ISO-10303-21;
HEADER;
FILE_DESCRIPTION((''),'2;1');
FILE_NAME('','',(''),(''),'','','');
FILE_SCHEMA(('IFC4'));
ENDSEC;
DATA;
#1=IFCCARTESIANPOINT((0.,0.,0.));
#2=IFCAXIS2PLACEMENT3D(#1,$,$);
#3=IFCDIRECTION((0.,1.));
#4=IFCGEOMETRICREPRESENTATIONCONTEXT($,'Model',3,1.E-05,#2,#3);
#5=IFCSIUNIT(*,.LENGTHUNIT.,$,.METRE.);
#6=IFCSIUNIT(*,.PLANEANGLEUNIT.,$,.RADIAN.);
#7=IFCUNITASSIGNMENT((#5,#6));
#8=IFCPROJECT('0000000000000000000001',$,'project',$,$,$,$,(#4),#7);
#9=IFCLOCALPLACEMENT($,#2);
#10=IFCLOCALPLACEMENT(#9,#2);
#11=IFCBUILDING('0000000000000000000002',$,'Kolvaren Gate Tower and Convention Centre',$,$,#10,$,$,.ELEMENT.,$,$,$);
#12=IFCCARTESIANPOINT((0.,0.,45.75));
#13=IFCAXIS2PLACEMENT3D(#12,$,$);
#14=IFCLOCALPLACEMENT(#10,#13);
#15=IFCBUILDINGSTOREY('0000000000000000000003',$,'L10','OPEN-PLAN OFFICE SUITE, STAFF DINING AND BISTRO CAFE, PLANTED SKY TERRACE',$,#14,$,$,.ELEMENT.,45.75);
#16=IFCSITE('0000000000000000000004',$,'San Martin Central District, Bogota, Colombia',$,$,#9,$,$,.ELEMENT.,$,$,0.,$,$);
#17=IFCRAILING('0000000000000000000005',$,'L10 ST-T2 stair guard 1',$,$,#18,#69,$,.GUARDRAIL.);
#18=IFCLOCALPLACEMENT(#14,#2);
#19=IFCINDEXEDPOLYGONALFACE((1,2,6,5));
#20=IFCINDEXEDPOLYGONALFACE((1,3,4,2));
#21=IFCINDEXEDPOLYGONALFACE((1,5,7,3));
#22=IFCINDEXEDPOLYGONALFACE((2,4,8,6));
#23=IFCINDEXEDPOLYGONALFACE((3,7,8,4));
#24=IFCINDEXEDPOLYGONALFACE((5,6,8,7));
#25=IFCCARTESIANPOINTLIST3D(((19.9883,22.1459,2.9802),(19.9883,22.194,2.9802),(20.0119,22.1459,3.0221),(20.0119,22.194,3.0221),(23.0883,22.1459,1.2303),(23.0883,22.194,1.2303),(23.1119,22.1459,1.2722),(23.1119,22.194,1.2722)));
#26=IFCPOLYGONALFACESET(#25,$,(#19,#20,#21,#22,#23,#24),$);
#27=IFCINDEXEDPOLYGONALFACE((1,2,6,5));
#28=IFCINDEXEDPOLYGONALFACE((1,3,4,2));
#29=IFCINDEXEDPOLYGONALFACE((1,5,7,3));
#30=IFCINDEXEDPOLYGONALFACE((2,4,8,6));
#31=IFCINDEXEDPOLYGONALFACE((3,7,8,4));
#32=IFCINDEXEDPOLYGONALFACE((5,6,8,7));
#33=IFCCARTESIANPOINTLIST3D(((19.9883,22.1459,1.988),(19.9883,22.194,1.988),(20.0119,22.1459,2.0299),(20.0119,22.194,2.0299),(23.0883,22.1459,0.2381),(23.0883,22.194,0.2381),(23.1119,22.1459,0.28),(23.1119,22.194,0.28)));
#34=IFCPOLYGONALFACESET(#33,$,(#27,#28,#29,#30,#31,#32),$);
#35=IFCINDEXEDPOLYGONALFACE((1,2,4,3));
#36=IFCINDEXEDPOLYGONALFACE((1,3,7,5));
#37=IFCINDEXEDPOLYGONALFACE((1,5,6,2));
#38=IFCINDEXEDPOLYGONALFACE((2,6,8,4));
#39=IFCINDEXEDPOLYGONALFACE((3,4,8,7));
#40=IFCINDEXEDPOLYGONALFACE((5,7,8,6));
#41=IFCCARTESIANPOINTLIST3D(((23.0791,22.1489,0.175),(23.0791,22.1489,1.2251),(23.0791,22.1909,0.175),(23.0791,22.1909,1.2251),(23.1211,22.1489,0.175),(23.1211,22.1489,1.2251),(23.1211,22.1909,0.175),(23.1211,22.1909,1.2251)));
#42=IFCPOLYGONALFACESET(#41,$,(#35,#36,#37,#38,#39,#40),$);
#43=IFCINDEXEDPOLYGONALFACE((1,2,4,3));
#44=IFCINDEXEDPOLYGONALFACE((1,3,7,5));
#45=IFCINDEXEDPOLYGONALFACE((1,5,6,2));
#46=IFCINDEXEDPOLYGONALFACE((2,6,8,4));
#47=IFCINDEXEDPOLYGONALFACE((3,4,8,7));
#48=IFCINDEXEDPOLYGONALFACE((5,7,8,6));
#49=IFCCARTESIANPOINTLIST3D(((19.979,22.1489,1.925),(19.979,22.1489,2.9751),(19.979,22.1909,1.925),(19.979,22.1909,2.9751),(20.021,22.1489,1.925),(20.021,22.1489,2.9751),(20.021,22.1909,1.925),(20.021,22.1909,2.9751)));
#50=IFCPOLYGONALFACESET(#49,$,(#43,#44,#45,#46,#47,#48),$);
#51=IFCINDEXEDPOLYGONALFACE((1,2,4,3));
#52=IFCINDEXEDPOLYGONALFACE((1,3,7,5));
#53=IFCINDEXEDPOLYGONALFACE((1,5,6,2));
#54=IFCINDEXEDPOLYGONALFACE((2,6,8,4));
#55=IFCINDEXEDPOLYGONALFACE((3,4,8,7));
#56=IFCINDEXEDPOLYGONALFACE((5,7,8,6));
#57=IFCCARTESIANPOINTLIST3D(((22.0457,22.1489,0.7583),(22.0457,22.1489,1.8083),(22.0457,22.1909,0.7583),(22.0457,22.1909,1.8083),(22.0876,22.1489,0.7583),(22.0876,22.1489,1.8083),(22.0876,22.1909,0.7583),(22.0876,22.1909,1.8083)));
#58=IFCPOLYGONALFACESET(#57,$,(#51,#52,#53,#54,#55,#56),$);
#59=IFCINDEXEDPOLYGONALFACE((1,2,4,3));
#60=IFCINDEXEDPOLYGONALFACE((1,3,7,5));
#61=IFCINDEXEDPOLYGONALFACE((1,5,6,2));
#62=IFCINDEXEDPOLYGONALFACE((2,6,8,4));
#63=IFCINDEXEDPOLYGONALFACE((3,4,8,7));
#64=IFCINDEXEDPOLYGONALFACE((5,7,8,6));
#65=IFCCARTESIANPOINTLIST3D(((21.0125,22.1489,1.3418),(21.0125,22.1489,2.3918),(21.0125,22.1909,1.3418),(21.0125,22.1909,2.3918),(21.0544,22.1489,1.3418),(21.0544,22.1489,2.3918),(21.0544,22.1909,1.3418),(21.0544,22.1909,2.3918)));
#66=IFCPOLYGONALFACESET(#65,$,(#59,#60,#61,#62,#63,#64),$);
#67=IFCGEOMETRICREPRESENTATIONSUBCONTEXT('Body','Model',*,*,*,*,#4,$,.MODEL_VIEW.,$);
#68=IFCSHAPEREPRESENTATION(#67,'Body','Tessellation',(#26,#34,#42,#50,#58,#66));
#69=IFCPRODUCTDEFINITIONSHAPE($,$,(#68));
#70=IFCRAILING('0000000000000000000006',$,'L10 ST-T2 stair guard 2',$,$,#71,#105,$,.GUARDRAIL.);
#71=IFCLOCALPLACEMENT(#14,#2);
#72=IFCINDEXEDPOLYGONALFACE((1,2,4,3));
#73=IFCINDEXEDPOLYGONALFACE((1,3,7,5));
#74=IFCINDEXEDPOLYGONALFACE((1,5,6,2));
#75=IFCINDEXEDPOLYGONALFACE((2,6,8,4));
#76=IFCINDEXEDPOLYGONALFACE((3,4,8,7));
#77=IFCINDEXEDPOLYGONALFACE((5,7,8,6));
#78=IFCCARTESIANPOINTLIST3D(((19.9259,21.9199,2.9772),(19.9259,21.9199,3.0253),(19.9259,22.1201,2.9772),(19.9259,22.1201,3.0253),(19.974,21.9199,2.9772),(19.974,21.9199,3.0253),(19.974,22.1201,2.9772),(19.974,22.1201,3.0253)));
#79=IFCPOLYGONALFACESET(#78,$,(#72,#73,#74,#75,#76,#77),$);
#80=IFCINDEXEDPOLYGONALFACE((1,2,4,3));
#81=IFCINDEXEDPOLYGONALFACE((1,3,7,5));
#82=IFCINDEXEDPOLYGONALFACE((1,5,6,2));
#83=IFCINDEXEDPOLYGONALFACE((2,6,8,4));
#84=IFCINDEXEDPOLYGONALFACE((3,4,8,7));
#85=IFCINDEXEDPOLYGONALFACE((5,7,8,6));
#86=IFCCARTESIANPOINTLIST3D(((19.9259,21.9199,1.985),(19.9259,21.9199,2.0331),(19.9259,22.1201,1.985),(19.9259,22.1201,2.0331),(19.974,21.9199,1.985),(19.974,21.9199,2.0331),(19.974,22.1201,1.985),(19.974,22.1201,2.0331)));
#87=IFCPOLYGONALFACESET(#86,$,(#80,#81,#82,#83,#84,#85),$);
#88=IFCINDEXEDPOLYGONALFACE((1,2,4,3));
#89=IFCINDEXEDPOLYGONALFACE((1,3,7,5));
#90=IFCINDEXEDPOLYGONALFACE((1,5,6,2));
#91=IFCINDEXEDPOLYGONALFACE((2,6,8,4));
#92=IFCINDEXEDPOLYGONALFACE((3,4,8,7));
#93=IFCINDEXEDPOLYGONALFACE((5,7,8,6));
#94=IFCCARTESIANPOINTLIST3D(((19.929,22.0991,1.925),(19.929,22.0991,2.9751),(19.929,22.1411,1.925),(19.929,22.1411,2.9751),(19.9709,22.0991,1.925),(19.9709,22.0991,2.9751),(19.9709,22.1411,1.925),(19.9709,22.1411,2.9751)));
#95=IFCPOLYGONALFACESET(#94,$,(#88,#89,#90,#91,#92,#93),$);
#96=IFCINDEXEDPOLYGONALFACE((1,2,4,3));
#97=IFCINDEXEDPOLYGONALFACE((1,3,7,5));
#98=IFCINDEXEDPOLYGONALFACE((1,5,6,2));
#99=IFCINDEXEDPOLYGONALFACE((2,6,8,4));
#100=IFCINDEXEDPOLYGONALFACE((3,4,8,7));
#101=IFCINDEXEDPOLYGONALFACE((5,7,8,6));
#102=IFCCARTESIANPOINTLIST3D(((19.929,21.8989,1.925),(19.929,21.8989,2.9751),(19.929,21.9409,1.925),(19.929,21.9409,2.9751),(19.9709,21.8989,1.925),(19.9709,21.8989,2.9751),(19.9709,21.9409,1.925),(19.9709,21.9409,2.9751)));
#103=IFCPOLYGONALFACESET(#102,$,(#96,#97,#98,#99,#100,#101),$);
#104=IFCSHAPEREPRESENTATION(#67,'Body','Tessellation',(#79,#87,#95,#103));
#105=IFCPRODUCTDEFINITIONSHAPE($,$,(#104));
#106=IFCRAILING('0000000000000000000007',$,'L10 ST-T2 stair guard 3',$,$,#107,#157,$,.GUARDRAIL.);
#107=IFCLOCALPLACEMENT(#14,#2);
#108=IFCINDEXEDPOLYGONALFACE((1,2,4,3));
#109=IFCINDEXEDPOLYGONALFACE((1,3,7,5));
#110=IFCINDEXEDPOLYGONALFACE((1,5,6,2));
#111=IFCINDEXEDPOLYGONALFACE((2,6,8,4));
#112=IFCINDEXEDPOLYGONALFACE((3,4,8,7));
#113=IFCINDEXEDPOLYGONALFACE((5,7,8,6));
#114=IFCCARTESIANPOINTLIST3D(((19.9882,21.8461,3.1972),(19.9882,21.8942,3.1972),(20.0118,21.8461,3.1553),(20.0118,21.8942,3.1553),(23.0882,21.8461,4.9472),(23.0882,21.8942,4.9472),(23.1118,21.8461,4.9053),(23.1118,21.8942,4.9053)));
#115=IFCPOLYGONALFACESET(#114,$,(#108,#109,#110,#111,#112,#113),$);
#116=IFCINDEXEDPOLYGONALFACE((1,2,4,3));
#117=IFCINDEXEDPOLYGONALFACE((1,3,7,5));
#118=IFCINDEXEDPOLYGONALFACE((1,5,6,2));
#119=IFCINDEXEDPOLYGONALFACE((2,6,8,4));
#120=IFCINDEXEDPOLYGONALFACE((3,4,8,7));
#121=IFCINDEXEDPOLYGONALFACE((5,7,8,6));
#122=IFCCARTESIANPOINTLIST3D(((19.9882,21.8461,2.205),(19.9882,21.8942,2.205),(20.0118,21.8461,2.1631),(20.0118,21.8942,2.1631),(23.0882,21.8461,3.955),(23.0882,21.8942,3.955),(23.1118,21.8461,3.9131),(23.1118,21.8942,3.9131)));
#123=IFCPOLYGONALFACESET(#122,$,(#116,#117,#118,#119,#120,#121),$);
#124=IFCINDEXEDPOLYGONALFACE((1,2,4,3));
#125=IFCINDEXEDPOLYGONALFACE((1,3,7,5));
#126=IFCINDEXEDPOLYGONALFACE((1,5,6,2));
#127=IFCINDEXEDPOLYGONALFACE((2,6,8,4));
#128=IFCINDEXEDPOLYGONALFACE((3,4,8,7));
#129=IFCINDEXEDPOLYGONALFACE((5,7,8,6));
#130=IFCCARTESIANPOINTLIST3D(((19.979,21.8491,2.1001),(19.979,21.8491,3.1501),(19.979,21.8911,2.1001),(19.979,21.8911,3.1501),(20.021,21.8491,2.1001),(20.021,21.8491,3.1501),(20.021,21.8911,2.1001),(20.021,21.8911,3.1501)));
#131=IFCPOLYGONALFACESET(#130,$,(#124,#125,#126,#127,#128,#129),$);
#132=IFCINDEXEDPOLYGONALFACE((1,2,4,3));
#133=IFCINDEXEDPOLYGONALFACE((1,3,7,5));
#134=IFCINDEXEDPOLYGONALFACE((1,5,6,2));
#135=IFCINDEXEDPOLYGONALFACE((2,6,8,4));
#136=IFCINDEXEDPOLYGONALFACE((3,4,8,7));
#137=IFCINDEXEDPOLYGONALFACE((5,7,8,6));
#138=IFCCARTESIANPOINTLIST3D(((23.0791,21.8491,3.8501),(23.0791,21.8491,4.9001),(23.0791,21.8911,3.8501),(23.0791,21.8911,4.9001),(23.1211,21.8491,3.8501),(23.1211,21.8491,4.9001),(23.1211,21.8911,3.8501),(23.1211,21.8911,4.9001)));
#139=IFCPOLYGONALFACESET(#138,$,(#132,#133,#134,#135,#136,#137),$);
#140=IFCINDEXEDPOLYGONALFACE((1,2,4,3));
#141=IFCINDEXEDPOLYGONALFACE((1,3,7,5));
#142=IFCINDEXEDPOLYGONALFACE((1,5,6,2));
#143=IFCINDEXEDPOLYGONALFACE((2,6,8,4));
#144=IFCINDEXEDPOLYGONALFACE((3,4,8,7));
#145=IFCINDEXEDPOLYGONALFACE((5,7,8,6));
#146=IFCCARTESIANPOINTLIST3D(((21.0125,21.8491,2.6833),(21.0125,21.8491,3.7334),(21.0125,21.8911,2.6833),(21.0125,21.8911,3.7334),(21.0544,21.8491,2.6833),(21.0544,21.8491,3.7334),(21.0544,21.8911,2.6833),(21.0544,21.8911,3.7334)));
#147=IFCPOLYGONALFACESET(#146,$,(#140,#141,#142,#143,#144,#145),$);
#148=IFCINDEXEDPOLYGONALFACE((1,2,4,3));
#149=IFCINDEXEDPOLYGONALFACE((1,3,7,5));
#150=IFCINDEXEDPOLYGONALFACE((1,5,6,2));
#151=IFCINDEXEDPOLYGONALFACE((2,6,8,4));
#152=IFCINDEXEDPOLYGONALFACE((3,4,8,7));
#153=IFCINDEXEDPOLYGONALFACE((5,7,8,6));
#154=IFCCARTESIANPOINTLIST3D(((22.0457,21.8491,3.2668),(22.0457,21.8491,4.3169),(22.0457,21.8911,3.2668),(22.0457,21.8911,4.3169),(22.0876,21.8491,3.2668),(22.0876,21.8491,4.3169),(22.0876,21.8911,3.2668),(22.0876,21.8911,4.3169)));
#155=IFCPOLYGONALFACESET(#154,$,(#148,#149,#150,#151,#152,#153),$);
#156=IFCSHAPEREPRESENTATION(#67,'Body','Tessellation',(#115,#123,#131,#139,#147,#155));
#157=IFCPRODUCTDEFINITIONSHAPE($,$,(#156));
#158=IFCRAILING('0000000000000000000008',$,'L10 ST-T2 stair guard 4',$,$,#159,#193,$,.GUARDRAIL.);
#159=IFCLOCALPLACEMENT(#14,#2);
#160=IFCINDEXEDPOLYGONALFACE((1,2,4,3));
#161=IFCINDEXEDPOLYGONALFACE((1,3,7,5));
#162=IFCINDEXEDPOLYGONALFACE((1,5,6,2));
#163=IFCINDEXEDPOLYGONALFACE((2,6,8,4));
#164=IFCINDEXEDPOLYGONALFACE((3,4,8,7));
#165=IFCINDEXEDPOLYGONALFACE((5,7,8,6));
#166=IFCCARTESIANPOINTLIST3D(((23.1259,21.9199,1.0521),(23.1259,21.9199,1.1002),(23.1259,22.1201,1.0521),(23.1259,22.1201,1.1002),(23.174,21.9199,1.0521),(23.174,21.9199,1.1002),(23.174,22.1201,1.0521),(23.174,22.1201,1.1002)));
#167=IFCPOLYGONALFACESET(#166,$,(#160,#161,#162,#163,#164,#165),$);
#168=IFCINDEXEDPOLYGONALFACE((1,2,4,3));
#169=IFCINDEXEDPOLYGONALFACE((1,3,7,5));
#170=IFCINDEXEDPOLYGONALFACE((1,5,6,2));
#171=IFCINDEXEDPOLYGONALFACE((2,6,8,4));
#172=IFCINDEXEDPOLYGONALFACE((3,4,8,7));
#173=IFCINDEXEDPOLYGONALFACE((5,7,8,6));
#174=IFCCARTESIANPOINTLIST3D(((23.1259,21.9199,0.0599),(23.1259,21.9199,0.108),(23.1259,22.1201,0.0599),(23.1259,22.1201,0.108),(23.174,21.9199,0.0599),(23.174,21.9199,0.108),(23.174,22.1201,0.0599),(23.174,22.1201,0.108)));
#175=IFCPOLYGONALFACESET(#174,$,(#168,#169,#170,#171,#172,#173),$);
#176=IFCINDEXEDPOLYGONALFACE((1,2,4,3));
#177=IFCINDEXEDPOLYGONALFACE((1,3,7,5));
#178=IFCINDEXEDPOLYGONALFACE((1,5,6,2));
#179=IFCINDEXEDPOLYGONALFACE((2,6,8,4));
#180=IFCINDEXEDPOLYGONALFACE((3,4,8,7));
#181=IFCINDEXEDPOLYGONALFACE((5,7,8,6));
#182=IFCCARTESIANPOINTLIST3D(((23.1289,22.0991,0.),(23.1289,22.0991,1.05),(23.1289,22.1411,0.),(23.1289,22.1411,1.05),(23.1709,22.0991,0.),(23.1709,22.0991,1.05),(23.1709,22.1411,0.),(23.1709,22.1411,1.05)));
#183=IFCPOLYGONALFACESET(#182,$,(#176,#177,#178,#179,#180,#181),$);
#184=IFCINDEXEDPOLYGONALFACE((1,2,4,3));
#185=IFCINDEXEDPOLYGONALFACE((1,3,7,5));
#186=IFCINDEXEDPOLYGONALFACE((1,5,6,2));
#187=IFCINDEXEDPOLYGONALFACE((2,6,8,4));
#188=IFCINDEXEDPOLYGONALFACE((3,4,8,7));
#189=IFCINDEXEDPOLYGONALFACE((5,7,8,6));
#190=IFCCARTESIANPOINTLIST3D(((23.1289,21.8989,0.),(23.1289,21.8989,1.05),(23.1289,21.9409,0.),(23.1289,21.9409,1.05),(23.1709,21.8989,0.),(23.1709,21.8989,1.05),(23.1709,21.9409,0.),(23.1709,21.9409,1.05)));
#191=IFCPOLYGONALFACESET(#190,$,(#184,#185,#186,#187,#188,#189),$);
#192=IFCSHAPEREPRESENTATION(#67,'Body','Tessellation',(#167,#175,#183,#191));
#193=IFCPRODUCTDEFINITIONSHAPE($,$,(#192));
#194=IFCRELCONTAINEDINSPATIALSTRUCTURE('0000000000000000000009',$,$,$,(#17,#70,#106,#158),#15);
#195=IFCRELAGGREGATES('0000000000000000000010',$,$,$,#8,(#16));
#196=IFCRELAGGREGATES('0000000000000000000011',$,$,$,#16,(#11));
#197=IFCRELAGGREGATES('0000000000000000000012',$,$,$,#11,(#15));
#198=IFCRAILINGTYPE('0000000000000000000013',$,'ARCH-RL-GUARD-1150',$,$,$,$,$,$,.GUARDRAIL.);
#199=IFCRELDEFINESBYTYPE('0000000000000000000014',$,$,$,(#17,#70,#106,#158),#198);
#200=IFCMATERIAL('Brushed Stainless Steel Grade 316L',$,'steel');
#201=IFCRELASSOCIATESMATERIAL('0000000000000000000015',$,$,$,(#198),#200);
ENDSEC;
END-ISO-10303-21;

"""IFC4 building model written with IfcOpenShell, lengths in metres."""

from ifc_helpers import new_model, si_unit, direction, frame, origin, origin_2d, place, context, subcontext, project, spatial, rectangle, extrude, material, type_object, element, save


model = new_model("IFC4")

# Units and contexts
model_context = context("Model", 3, precision=1e-05, world=origin(), true_north=direction((0.0, 1.0)))
body_context = subcontext(model_context, "Body", "Model", "MODEL_VIEW")
ifc_project = project(units=[si_unit("LENGTHUNIT", "METRE"), si_unit("PLANEANGLEUNIT", "RADIAN")], contexts=[model_context])

# Site, building, storey
site_placement = place(None, origin())
site = spatial("IfcSite", under=ifc_project, at=site_placement, Name="San Martin Central District, Bogota, Colombia", CompositionType="ELEMENT", RefElevation=0.0)
building_placement = place(site_placement, origin())
building = spatial("IfcBuilding", under=site, at=building_placement, Name="Kolvaren Gate Tower and Convention Centre", CompositionType="ELEMENT")
storey_placement = place(building_placement, frame((0.0, 0.0, 45.75)))
storey = spatial("IfcBuildingStorey", under=building, at=storey_placement, Name="L10", Description="OPEN-PLAN OFFICE SUITE, STAFF DINING AND BISTRO CAFE, PLANTED SKY TERRACE", CompositionType="ELEMENT", Elevation=45.75)

# Shared definitions
ifc_material_1 = material(Name="Brushed Stainless Steel Grade 316L", Category="steel")

# Railings
railing_type_1 = type_object("IfcRailingType", Name="ARCH-RL-GUARD-1150", PredefinedType="GUARDRAIL", material=ifc_material_1)
railing_1_placement = place(storey_placement, frame((23.1001, 22.1699, 0.175)))
element("IfcRailing", 1, at=railing_1_placement, inside=storey, type_object=railing_type_1, Name="L10 ST-T2 stair guard 1", PredefinedType="GUARDRAIL", context=body_context, shape_type="SweptSolid", body=[
    extrude(rectangle(XDim=0.0481, YDim=0.0481, at=origin_2d()), frame((0.0, 0.0, 1.0762), z_axis=(-0.870831, 0.0, 0.491583), x_axis=(0.0, -1.0, 0.0)), (0.0, 0.0, 1.0), 3.5598),
    extrude(rectangle(XDim=0.0481, YDim=0.0481, at=origin_2d()), frame((0.0, 0.0, 0.084), z_axis=(-0.870831, 0.0, 0.491583), x_axis=(0.0, -1.0, 0.0)), (0.0, 0.0, 1.0), 3.5598),
    extrude(rectangle(XDim=0.042, YDim=0.042, at=origin_2d()), origin(), (0.0, 0.0, 1.0), 1.05),
    extrude(rectangle(XDim=0.042, YDim=0.042, at=origin_2d()), frame((-3.1001, 0.0, 1.75)), (0.0, 0.0, 1.0), 1.05),
    extrude(rectangle(XDim=0.042, YDim=0.042, at=origin_2d()), frame((-1.0334, 0.0, 0.5833)), (0.0, 0.0, 1.0), 1.05),
    extrude(rectangle(XDim=0.042, YDim=0.042, at=origin_2d()), frame((-2.0667, 0.0, 1.1667)), (0.0, 0.0, 1.0), 1.05),
])
railing_2_placement = place(storey_placement, frame((19.95, 22.1201, 1.925)))
element("IfcRailing", 2, at=railing_2_placement, inside=storey, type_object=railing_type_1, Name="L10 ST-T2 stair guard 2", PredefinedType="GUARDRAIL", context=body_context, shape_type="SweptSolid", body=[
    extrude(rectangle(XDim=0.0481, YDim=0.0481, at=origin_2d()), frame((0.0, 0.0, 1.0762), z_axis=(0.0, -1.0, 0.0), x_axis=(1.0, 0.0, 0.0)), (0.0, 0.0, 1.0), 0.2002),
    extrude(rectangle(XDim=0.0481, YDim=0.0481, at=origin_2d()), frame((0.0, 0.0, 0.084), z_axis=(0.0, -1.0, 0.0), x_axis=(1.0, 0.0, 0.0)), (0.0, 0.0, 1.0), 0.2002),
    extrude(rectangle(XDim=0.042, YDim=0.042, at=origin_2d()), origin(), (0.0, 0.0, 1.0), 1.05),
    extrude(rectangle(XDim=0.042, YDim=0.042, at=origin_2d()), frame((0.0, -0.2002, 0.0)), (0.0, 0.0, 1.0), 1.05),
])
railing_3_placement = place(storey_placement, frame((20.0, 21.8701, 2.1001)))
element("IfcRailing", 3, at=railing_3_placement, inside=storey, type_object=railing_type_1, Name="L10 ST-T2 stair guard 3", PredefinedType="GUARDRAIL", context=body_context, shape_type="SweptSolid", body=[
    extrude(rectangle(XDim=0.0481, YDim=0.0481, at=origin_2d()), frame((0.0, 0.0, 1.0762), z_axis=(0.870831, 0.0, 0.491583), x_axis=(0.0, 1.0, 0.0)), (0.0, 0.0, 1.0), 3.5598),
    extrude(rectangle(XDim=0.0481, YDim=0.0481, at=origin_2d()), frame((0.0, 0.0, 0.084), z_axis=(0.870831, 0.0, 0.491583), x_axis=(0.0, 1.0, 0.0)), (0.0, 0.0, 1.0), 3.5598),
    extrude(rectangle(XDim=0.042, YDim=0.042, at=origin_2d()), origin(), (0.0, 0.0, 1.0), 1.05),
    extrude(rectangle(XDim=0.042, YDim=0.042, at=origin_2d()), frame((3.1001, 0.0, 1.75)), (0.0, 0.0, 1.0), 1.05),
    extrude(rectangle(XDim=0.042, YDim=0.042, at=origin_2d()), frame((1.0334, 0.0, 0.5833)), (0.0, 0.0, 1.0), 1.05),
    extrude(rectangle(XDim=0.042, YDim=0.042, at=origin_2d()), frame((2.0667, 0.0, 1.1667)), (0.0, 0.0, 1.0), 1.05),
])
railing_4_placement = place(storey_placement, frame((23.1499, 22.1201, 0.0)))
element("IfcRailing", 4, at=railing_4_placement, inside=storey, type_object=railing_type_1, Name="L10 ST-T2 stair guard 4", PredefinedType="GUARDRAIL", context=body_context, shape_type="SweptSolid", body=[
    extrude(rectangle(XDim=0.0481, YDim=0.0481, at=origin_2d()), frame((0.0, 0.0, 1.0762), z_axis=(0.0, -1.0, 0.0), x_axis=(1.0, 0.0, 0.0)), (0.0, 0.0, 1.0), 0.2002),
    extrude(rectangle(XDim=0.0481, YDim=0.0481, at=origin_2d()), frame((0.0, 0.0, 0.084), z_axis=(0.0, -1.0, 0.0), x_axis=(1.0, 0.0, 0.0)), (0.0, 0.0, 1.0), 0.2002),
    extrude(rectangle(XDim=0.042, YDim=0.042, at=origin_2d()), origin(), (0.0, 0.0, 1.0), 1.05),
    extrude(rectangle(XDim=0.042, YDim=0.042, at=origin_2d()), frame((0.0, -0.2002, 0.0)), (0.0, 0.0, 1.0), 1.05),
])

save(model, "model.ifc")
